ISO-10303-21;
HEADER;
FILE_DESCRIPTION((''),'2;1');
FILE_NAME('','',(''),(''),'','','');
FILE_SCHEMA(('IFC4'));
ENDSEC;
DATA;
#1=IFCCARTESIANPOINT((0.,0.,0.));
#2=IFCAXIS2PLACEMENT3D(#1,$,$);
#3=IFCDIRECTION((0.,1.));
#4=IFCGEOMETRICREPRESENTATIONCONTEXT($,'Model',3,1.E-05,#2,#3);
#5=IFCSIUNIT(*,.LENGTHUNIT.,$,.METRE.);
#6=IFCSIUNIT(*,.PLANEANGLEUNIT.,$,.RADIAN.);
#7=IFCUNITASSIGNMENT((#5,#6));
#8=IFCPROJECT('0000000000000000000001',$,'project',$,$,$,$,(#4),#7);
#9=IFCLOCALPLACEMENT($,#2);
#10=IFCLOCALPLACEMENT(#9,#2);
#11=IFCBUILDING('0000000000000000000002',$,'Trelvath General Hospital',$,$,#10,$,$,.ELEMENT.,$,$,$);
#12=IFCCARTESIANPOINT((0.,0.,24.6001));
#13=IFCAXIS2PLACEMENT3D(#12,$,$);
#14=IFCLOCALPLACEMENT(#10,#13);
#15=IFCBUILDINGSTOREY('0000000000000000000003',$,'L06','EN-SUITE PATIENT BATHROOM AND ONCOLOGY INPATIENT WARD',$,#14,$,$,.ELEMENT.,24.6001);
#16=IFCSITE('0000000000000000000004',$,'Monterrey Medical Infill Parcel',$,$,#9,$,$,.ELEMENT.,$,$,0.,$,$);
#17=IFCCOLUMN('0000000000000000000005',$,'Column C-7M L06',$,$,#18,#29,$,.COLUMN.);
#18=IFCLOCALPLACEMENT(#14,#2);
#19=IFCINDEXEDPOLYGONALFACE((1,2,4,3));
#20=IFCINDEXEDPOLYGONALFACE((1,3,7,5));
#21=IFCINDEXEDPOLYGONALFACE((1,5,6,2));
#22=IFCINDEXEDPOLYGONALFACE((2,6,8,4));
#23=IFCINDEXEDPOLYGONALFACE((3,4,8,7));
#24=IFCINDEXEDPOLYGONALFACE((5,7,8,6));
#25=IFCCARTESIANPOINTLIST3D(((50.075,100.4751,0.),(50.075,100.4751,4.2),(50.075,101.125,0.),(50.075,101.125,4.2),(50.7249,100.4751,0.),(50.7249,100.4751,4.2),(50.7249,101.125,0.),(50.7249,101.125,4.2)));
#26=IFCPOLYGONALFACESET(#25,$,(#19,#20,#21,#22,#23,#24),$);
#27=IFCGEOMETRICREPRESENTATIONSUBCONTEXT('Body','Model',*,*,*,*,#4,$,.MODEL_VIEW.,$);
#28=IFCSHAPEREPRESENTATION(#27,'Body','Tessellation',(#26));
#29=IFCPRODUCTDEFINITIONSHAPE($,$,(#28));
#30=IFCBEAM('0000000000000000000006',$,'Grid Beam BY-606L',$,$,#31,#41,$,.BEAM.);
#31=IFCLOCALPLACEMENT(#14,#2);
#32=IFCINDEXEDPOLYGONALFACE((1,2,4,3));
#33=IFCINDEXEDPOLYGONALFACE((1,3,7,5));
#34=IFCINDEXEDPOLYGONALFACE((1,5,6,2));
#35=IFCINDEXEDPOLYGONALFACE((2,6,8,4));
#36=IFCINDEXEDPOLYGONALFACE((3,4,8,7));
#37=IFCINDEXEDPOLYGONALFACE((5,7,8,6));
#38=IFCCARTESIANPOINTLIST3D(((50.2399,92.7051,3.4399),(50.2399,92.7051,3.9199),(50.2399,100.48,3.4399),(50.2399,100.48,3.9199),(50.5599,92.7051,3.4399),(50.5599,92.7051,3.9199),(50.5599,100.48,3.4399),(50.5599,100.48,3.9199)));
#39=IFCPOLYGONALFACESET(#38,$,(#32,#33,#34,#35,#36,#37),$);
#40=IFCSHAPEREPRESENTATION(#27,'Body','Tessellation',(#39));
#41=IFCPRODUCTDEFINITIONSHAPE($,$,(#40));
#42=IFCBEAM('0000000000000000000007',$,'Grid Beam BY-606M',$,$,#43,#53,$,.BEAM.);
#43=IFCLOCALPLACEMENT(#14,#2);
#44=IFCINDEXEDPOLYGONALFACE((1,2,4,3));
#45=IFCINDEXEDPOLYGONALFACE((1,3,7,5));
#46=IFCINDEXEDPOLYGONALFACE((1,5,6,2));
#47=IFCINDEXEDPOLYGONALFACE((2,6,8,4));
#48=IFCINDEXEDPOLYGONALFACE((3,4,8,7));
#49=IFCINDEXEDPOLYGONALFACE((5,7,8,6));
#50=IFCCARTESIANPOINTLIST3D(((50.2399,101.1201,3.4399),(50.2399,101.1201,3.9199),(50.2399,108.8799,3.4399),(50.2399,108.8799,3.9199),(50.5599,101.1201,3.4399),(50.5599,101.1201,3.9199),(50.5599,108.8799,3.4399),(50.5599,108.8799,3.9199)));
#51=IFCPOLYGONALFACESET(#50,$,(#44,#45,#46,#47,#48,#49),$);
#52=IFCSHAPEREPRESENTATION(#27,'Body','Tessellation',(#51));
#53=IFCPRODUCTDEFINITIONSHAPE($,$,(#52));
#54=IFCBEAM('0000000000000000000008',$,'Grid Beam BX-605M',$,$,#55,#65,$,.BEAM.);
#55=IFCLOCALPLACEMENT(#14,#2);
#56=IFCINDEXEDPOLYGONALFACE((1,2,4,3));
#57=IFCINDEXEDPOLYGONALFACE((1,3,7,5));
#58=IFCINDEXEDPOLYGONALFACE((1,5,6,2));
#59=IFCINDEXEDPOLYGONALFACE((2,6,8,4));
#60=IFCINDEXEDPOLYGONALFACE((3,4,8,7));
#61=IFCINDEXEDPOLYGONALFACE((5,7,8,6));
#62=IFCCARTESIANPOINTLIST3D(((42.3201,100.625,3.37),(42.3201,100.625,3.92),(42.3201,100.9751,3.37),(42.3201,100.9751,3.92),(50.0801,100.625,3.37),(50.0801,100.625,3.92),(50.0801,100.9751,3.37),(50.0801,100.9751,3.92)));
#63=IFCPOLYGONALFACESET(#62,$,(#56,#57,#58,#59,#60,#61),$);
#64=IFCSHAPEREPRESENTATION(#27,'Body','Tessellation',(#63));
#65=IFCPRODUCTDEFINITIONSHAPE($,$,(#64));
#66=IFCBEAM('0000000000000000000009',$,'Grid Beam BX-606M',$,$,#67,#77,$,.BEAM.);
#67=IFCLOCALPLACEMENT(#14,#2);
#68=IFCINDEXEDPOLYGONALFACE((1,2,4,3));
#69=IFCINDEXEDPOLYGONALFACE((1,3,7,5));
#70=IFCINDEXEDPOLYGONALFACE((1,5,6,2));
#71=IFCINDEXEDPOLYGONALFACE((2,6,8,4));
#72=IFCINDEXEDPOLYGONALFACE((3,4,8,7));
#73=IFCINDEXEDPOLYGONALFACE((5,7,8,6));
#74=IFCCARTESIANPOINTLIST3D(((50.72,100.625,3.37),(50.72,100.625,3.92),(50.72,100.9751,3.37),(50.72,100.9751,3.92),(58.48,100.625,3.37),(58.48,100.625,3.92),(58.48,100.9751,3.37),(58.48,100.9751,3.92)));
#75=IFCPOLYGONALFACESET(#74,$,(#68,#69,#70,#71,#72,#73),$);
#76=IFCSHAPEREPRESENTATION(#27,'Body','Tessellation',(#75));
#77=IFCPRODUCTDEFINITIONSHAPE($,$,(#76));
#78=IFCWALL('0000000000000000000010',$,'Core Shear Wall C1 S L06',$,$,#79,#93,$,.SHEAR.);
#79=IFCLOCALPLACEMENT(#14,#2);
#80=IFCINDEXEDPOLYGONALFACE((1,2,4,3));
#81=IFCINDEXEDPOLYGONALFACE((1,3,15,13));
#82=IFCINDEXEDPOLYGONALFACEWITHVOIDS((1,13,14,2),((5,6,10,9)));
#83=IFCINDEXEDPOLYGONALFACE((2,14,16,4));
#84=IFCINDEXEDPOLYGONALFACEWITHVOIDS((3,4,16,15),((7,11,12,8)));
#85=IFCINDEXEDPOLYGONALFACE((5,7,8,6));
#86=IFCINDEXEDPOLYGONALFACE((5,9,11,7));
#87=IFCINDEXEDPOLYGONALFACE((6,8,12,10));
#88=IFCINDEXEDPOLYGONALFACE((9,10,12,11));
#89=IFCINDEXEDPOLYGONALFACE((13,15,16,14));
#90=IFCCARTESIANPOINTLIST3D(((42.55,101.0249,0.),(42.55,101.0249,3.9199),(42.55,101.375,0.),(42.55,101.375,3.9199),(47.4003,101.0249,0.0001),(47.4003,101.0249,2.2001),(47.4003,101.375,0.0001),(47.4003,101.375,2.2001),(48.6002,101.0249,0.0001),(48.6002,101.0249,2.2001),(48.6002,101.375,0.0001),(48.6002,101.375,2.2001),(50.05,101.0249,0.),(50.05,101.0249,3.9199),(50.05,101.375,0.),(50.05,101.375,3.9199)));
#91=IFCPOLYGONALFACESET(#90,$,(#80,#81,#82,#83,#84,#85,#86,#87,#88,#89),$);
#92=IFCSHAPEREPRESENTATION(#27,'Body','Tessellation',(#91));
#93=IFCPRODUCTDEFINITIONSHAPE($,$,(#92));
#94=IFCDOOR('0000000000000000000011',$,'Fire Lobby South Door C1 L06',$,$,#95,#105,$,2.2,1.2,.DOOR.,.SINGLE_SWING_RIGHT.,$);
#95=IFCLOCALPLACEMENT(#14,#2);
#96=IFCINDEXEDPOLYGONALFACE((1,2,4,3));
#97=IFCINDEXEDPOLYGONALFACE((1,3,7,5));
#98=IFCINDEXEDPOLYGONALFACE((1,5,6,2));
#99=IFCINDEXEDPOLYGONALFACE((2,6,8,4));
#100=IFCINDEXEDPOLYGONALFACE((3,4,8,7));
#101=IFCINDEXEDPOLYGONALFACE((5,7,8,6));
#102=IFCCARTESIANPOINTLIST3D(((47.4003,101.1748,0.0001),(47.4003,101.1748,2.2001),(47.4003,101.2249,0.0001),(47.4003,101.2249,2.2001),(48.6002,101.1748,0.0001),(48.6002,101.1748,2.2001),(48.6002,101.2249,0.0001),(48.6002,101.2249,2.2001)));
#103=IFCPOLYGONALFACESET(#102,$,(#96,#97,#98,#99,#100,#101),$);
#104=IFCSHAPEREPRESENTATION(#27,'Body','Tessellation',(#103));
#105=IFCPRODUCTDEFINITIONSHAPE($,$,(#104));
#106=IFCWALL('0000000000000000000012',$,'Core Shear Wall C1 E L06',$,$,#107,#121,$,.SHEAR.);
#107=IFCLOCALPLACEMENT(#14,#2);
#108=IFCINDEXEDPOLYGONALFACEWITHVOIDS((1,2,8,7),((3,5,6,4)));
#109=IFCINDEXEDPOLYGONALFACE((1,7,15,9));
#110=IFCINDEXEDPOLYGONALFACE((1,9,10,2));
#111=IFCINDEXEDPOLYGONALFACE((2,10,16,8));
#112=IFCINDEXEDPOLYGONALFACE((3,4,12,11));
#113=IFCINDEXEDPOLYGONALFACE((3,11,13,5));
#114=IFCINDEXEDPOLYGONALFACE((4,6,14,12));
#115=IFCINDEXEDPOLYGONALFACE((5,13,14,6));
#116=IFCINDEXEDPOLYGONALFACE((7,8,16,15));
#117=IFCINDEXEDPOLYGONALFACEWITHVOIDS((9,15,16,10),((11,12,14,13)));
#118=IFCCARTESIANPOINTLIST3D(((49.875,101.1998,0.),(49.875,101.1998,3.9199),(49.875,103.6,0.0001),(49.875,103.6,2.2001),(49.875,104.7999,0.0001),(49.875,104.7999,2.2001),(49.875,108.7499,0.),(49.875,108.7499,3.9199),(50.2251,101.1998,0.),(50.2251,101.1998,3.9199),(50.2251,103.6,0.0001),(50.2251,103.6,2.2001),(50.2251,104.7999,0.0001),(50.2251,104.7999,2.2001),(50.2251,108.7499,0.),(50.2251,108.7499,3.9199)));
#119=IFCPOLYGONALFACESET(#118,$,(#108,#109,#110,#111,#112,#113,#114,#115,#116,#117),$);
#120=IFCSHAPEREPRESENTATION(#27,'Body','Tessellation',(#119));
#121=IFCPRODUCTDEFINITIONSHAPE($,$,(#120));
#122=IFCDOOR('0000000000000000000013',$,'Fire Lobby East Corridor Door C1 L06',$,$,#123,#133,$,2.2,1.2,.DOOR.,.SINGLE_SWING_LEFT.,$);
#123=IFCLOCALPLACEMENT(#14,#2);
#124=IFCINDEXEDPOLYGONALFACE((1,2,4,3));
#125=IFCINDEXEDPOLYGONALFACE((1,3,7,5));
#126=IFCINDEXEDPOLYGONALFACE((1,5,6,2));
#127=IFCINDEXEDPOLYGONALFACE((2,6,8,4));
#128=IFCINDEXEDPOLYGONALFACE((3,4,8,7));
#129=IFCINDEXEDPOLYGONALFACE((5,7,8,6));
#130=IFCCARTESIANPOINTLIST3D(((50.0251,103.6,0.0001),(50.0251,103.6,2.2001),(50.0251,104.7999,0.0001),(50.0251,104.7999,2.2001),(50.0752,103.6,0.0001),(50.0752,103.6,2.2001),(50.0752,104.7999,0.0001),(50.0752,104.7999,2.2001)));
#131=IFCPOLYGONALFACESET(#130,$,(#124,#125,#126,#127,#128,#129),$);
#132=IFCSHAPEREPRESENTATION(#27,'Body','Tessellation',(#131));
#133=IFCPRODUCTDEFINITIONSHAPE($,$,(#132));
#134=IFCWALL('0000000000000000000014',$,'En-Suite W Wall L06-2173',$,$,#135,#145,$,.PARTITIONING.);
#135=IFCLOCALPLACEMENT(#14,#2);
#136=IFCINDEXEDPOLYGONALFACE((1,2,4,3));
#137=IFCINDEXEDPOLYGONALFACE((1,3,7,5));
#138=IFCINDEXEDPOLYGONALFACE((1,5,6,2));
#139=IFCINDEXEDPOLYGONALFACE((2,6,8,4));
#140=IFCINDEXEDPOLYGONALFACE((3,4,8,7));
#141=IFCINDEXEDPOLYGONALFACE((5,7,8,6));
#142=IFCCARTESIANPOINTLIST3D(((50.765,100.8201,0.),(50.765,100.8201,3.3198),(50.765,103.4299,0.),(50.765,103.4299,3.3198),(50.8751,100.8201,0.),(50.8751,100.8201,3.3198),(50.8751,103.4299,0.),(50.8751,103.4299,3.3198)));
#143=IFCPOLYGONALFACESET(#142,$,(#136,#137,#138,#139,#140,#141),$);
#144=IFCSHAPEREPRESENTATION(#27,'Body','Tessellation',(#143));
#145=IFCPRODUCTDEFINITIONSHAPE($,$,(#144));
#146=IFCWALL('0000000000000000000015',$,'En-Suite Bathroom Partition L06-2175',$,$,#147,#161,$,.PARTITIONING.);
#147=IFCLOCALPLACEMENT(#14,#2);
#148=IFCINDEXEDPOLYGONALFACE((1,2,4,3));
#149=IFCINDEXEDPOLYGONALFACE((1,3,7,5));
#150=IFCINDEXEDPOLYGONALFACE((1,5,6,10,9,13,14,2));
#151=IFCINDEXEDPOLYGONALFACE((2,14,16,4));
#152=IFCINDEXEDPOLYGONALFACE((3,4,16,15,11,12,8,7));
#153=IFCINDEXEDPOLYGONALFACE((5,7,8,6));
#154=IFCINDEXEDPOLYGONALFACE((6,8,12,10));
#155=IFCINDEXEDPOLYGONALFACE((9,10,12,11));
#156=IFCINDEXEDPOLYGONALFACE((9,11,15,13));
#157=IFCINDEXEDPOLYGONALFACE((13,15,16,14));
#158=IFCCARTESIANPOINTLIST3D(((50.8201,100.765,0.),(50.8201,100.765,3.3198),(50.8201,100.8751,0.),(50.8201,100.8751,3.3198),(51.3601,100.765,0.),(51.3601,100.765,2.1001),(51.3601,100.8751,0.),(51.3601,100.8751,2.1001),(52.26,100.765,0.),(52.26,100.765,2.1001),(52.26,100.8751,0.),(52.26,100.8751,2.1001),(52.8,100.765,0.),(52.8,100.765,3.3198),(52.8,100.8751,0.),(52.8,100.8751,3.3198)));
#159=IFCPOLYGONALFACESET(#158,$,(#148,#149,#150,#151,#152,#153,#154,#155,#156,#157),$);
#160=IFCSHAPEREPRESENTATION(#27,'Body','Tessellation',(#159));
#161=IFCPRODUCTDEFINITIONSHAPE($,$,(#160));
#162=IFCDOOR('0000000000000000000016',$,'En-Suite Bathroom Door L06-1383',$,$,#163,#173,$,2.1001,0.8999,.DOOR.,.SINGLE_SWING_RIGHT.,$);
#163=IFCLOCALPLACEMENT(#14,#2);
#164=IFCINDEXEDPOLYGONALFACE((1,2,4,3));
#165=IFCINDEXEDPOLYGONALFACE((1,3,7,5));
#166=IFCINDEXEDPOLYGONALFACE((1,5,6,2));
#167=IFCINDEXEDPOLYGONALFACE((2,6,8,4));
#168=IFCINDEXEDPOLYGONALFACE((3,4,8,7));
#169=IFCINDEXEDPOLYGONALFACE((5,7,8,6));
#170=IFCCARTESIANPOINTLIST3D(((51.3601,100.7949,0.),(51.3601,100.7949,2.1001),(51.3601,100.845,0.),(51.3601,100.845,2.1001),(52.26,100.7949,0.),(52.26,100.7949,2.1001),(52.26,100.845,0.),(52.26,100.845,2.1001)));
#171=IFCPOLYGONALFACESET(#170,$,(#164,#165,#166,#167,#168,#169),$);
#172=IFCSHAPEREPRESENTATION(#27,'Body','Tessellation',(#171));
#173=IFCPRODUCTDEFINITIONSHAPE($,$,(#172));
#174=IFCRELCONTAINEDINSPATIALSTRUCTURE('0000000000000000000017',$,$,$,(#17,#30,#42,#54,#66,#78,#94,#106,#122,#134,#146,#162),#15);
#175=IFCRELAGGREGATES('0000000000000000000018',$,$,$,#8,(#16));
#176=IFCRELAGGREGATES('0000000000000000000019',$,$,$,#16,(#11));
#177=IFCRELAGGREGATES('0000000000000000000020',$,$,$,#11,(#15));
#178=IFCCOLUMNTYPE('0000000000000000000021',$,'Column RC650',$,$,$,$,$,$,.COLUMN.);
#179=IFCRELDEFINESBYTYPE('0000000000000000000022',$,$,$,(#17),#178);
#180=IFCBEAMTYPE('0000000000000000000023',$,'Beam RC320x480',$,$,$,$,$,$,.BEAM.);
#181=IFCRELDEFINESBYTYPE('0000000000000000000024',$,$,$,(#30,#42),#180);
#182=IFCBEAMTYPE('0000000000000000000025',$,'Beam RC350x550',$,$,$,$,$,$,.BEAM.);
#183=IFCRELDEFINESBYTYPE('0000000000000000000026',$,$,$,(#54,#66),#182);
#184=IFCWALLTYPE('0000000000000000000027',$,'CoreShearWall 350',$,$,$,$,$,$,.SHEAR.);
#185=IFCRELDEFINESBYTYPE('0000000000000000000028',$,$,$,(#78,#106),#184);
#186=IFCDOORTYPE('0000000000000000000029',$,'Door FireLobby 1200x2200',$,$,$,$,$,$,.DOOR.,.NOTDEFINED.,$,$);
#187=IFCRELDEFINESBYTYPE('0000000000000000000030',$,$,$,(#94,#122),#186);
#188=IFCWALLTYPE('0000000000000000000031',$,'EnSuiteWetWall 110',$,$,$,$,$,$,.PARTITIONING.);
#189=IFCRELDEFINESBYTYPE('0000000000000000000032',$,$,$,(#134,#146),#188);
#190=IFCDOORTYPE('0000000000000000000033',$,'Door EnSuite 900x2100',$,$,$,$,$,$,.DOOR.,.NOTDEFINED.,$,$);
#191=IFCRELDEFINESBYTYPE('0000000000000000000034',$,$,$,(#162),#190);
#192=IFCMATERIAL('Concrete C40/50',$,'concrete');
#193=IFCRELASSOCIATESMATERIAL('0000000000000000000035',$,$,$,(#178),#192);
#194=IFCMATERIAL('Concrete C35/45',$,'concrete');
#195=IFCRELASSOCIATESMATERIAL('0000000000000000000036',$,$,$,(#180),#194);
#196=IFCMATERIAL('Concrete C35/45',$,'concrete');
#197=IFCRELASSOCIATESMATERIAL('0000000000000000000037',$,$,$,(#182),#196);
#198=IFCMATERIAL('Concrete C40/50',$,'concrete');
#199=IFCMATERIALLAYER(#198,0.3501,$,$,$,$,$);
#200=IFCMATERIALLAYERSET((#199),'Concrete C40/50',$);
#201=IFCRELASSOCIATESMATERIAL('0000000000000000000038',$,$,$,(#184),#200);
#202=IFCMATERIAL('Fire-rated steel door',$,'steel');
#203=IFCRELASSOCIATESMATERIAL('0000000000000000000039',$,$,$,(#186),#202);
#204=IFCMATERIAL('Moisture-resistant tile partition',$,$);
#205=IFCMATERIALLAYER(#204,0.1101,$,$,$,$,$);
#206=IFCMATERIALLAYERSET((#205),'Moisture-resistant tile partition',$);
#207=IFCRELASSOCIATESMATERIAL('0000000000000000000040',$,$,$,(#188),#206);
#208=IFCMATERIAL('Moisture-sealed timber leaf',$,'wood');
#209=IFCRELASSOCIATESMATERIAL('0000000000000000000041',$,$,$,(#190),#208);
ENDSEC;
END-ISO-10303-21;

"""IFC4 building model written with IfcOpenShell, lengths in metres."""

from ifc_helpers import new_model, si_unit, direction, frame, frame_2d, origin, origin_2d, place, context, subcontext, project, spatial, rectangle, extrude, material, layer, layer_set, material_profile, profile_set, type_object, element, fill, save


model = new_model("IFC4")

# Units and contexts
model_context = context("Model", 3, precision=1e-05, world=origin(), true_north=direction((0.0, 1.0)))
body_context = subcontext(model_context, "Body", "Model", "MODEL_VIEW")
ifc_project = project(units=[si_unit("LENGTHUNIT", "METRE"), si_unit("PLANEANGLEUNIT", "RADIAN")], contexts=[model_context])

# Site, building, storey
site_placement = place(None, origin())
site = spatial("IfcSite", under=ifc_project, at=site_placement, Name="Monterrey Medical Infill Parcel", CompositionType="ELEMENT", RefElevation=0.0)
building_placement = place(site_placement, origin())
building = spatial("IfcBuilding", under=site, at=building_placement, Name="Trelvath General Hospital", CompositionType="ELEMENT")
storey_placement = place(building_placement, frame((0.0, 0.0, 24.6001)))
storey = spatial("IfcBuildingStorey", under=building, at=storey_placement, Name="L06", Description="EN-SUITE PATIENT BATHROOM AND ONCOLOGY INPATIENT WARD", CompositionType="ELEMENT", Elevation=24.6001)

# Column
ifc_material_1 = material(Name="Concrete C40/50", Category="concrete")
ifc_material_profile_1 = material_profile(ifc_material_1, rectangle(XDim=0.6499, YDim=0.6499, at=origin_2d()), Name="RC650x650")
ifc_profile_set_1 = profile_set([ifc_material_profile_1], Name="Concrete C40/50")
column_type = type_object("IfcColumnType", Name="Column RC650", PredefinedType="COLUMN", material=ifc_profile_set_1)
column_placement = place(storey_placement, frame((50.3999, 100.8, 0.0), z_axis=(0.0, 0.0, 1.0), x_axis=(1.0, 0.0, 0.0)))
element("IfcColumn", 1, at=column_placement, inside=storey, type_object=column_type, Name="Column C-7M L06", PredefinedType="COLUMN", context=body_context, shape_type="SweptSolid", body=[
    extrude(rectangle(XDim=0.6499, YDim=0.6499, at=origin_2d()), origin(), (0.0, 0.0, 1.0), 4.2),
])

# Beams
ifc_material_2 = material(Name="Concrete C35/45", Category="concrete")
ifc_material_profile_2 = material_profile(ifc_material_2, rectangle(XDim=0.3201, YDim=0.48, at=origin_2d()), Name="RCB320x480")
ifc_profile_set_2 = profile_set([ifc_material_profile_2], Name="Concrete C35/45")
beam_type_1 = type_object("IfcBeamType", Name="Beam RC320x480", PredefinedType="BEAM", material=ifc_profile_set_2)
beam_1_placement = place(storey_placement, frame((50.3999, 92.7051, 3.6799), z_axis=(0.0, 1.0, 0.0), x_axis=(-1.0, 0.0, 0.0)))
element("IfcBeam", 2, at=beam_1_placement, inside=storey, type_object=beam_type_1, Name="Grid Beam BY-606L", PredefinedType="BEAM", context=body_context, shape_type="SweptSolid", body=[
    extrude(rectangle(XDim=0.3201, YDim=0.48, at=origin_2d()), origin(), (0.0, 0.0, 1.0), 7.7749),
])
beam_2_placement = place(storey_placement, frame((50.3999, 101.1201, 3.6799), z_axis=(0.0, 1.0, 0.0), x_axis=(-1.0, 0.0, 0.0)))
element("IfcBeam", 3, at=beam_2_placement, inside=storey, type_object=beam_type_1, Name="Grid Beam BY-606M", PredefinedType="BEAM", context=body_context, shape_type="SweptSolid", body=[
    extrude(rectangle(XDim=0.3201, YDim=0.48, at=origin_2d()), origin(), (0.0, 0.0, 1.0), 7.7598),
])
ifc_material_3 = material(Name="Concrete C35/45", Category="concrete")
ifc_material_profile_3 = material_profile(ifc_material_3, rectangle(XDim=0.3501, YDim=0.55, at=origin_2d()), Name="RCB350x550")
ifc_profile_set_3 = profile_set([ifc_material_profile_3], Name="Concrete C35/45")
beam_type_2 = type_object("IfcBeamType", Name="Beam RC350x550", PredefinedType="BEAM", material=ifc_profile_set_3)
for number, where, z_axis, x_axis, name in (
    (4, (42.3201, 100.8, 3.645), (1.0, 0.0, 0.0), (0.0, 1.0, 0.0), "Grid Beam BX-605M"),
    (5, (50.72, 100.8, 3.645), (1.0, 0.0, 0.0), (0.0, 1.0, 0.0), "Grid Beam BX-606M"),
):
    element("IfcBeam", number, at=place(storey_placement, frame(where, z_axis=z_axis, x_axis=x_axis)), inside=storey, type_object=beam_type_2, Name=name, PredefinedType="BEAM", context=body_context, shape_type="SweptSolid", body=[
        extrude(rectangle(XDim=0.3501, YDim=0.55, at=origin_2d()), origin(), (0.0, 0.0, 1.0), 7.76),
    ])

# Walls, openings, doors
ifc_material_4 = material(Name="Concrete C40/50", Category="concrete")
ifc_layer_1 = layer(ifc_material_4, 0.3501)
ifc_layer_set_1 = layer_set([ifc_layer_1], Name="Concrete C40/50")
wall_type_1 = type_object("IfcWallType", Name="CoreShearWall 350", PredefinedType="SHEAR", material=ifc_layer_set_1)
wall_1_placement = place(storey_placement, frame((42.55, 101.2, 0.0), z_axis=(0.0, 0.0, 1.0), x_axis=(1.0, 0.0, 0.0)))
wall_1 = element("IfcWall", 6, at=wall_1_placement, inside=storey, type_object=wall_type_1, Name="Core Shear Wall C1 S L06", PredefinedType="SHEAR", context=body_context, shape_type="SweptSolid", body=[
    extrude(rectangle(XDim=7.5, YDim=0.3501, at=frame_2d((3.75, 0.0))), origin(), (0.0, 0.0, 1.0), 3.9199),
])
opening_1_placement = place(wall_1_placement, frame((4.8501, 0.0, 0.0)))
opening_1 = element("IfcOpeningElement", 7, at=opening_1_placement, cuts=wall_1, PredefinedType="OPENING", context=body_context, shape_type="SweptSolid", body=[
    extrude(rectangle(XDim=1.2, YDim=2.2, at=frame_2d((0.6001, 1.1001))), frame((0.0, 0.1851, 0.0), z_axis=(0.0, -1.0, 0.0), x_axis=(1.0, 0.0, 0.0)), (0.0, 0.0, 1.0), 0.3701),
])
ifc_material_5 = material(Name="Fire-rated steel door", Category="steel")
door_type_1 = type_object("IfcDoorType", Name="Door FireLobby 1200x2200", OperationType="NOTDEFINED", PredefinedType="DOOR", material=ifc_material_5)
door_1_placement = place(opening_1_placement, origin())
door_1 = element("IfcDoor", 8, at=door_1_placement, inside=storey, type_object=door_type_1, Name="Fire Lobby South Door C1 L06", OperationType="SINGLE_SWING_RIGHT", OverallHeight=2.2, OverallWidth=1.2, PredefinedType="DOOR", context=body_context, shape_type="SweptSolid", body=[
    extrude(rectangle(XDim=1.2, YDim=2.2, at=frame_2d((0.6001, 1.1001))), frame((0.0, 0.0249, 0.0), z_axis=(0.0, -1.0, 0.0), x_axis=(1.0, 0.0, 0.0)), (0.0, 0.0, 1.0), 0.05),
])
fill(opening_1, door_1)
wall_2_placement = place(storey_placement, frame((50.05, 101.2, 0.0), z_axis=(0.0, 0.0, 1.0), x_axis=(0.0, 1.0, 0.0)))
wall_2 = element("IfcWall", 9, at=wall_2_placement, inside=storey, type_object=wall_type_1, Name="Core Shear Wall C1 E L06", PredefinedType="SHEAR", context=body_context, shape_type="SweptSolid", body=[
    extrude(rectangle(XDim=7.55, YDim=0.3501, at=frame_2d((3.7749, 0.0))), origin(), (0.0, 0.0, 1.0), 3.9199),
])
opening_2_placement = place(wall_2_placement, frame((2.3999, 0.0, 0.0)))
opening_2 = element("IfcOpeningElement", 10, at=opening_2_placement, cuts=wall_2, PredefinedType="OPENING", context=body_context, shape_type="SweptSolid", body=[
    extrude(rectangle(XDim=1.2, YDim=2.2, at=frame_2d((0.6001, 1.1001))), frame((0.0, 0.1851, 0.0), z_axis=(0.0, -1.0, 0.0), x_axis=(1.0, 0.0, 0.0)), (0.0, 0.0, 1.0), 0.3701),
])
door_2_placement = place(opening_2_placement, origin())
door_2 = element("IfcDoor", 11, at=door_2_placement, inside=storey, type_object=door_type_1, Name="Fire Lobby East Corridor Door C1 L06", OperationType="SINGLE_SWING_LEFT", OverallHeight=2.2, OverallWidth=1.2, PredefinedType="DOOR", context=body_context, shape_type="SweptSolid", body=[
    extrude(rectangle(XDim=1.2, YDim=2.2, at=frame_2d((0.6001, 1.1001))), frame((0.0, 0.0249, 0.0), z_axis=(0.0, -1.0, 0.0), x_axis=(1.0, 0.0, 0.0)), (0.0, 0.0, 1.0), 0.05),
])
fill(opening_2, door_2)

# Wall
ifc_material_6 = material(Name="Moisture-resistant tile partition")
ifc_layer_2 = layer(ifc_material_6, 0.1101)
ifc_layer_set_2 = layer_set([ifc_layer_2], Name="Moisture-resistant tile partition")
wall_type_2 = type_object("IfcWallType", Name="EnSuiteWetWall 110", PredefinedType="PARTITIONING", material=ifc_layer_set_2)
wall_3_placement = place(storey_placement, frame((50.8201, 100.8201, 0.0), z_axis=(0.0, 0.0, 1.0), x_axis=(0.0, 1.0, 0.0)))
element("IfcWall", 12, at=wall_3_placement, inside=storey, type_object=wall_type_2, Name="En-Suite W Wall L06-2173", PredefinedType="PARTITIONING", context=body_context, shape_type="SweptSolid", body=[
    extrude(rectangle(XDim=2.6099, YDim=0.1101, at=frame_2d((1.3049, 0.0))), origin(), (0.0, 0.0, 1.0), 3.3198),
])

# Wall, opening, door
wall_4_placement = place(storey_placement, frame((50.8201, 100.8201, 0.0), z_axis=(0.0, 0.0, 1.0), x_axis=(1.0, 0.0, 0.0)))
wall_4 = element("IfcWall", 13, at=wall_4_placement, inside=storey, type_object=wall_type_2, Name="En-Suite Bathroom Partition L06-2175", PredefinedType="PARTITIONING", context=body_context, shape_type="SweptSolid", body=[
    extrude(rectangle(XDim=1.98, YDim=0.1101, at=frame_2d((0.99, 0.0))), origin(), (0.0, 0.0, 1.0), 3.3198),
])
opening_3_placement = place(wall_4_placement, frame((0.54, 0.0, 0.0)))
opening_3 = element("IfcOpeningElement", 14, at=opening_3_placement, cuts=wall_4, PredefinedType="OPENING", context=body_context, shape_type="SweptSolid", body=[
    extrude(rectangle(XDim=0.8999, YDim=2.1001, at=frame_2d((0.45, 1.05))), frame((0.0, 0.0649, 0.0), z_axis=(0.0, -1.0, 0.0), x_axis=(1.0, 0.0, 0.0)), (0.0, 0.0, 1.0), 0.1301),
])
ifc_material_7 = material(Name="Moisture-sealed timber leaf", Category="wood")
door_type_2 = type_object("IfcDoorType", Name="Door EnSuite 900x2100", OperationType="NOTDEFINED", PredefinedType="DOOR", material=ifc_material_7)
door_3_placement = place(opening_3_placement, origin())
door_3 = element("IfcDoor", 15, at=door_3_placement, inside=storey, type_object=door_type_2, Name="En-Suite Bathroom Door L06-1383", OperationType="SINGLE_SWING_RIGHT", OverallHeight=2.1001, OverallWidth=0.8999, PredefinedType="DOOR", context=body_context, shape_type="SweptSolid", body=[
    extrude(rectangle(XDim=0.8999, YDim=2.1001, at=frame_2d((0.45, 1.05))), frame((0.0, 0.0249, 0.0), z_axis=(0.0, -1.0, 0.0), x_axis=(1.0, 0.0, 0.0)), (0.0, 0.0, 1.0), 0.05),
])
fill(opening_3, door_3)

save(model, "model.ifc")
